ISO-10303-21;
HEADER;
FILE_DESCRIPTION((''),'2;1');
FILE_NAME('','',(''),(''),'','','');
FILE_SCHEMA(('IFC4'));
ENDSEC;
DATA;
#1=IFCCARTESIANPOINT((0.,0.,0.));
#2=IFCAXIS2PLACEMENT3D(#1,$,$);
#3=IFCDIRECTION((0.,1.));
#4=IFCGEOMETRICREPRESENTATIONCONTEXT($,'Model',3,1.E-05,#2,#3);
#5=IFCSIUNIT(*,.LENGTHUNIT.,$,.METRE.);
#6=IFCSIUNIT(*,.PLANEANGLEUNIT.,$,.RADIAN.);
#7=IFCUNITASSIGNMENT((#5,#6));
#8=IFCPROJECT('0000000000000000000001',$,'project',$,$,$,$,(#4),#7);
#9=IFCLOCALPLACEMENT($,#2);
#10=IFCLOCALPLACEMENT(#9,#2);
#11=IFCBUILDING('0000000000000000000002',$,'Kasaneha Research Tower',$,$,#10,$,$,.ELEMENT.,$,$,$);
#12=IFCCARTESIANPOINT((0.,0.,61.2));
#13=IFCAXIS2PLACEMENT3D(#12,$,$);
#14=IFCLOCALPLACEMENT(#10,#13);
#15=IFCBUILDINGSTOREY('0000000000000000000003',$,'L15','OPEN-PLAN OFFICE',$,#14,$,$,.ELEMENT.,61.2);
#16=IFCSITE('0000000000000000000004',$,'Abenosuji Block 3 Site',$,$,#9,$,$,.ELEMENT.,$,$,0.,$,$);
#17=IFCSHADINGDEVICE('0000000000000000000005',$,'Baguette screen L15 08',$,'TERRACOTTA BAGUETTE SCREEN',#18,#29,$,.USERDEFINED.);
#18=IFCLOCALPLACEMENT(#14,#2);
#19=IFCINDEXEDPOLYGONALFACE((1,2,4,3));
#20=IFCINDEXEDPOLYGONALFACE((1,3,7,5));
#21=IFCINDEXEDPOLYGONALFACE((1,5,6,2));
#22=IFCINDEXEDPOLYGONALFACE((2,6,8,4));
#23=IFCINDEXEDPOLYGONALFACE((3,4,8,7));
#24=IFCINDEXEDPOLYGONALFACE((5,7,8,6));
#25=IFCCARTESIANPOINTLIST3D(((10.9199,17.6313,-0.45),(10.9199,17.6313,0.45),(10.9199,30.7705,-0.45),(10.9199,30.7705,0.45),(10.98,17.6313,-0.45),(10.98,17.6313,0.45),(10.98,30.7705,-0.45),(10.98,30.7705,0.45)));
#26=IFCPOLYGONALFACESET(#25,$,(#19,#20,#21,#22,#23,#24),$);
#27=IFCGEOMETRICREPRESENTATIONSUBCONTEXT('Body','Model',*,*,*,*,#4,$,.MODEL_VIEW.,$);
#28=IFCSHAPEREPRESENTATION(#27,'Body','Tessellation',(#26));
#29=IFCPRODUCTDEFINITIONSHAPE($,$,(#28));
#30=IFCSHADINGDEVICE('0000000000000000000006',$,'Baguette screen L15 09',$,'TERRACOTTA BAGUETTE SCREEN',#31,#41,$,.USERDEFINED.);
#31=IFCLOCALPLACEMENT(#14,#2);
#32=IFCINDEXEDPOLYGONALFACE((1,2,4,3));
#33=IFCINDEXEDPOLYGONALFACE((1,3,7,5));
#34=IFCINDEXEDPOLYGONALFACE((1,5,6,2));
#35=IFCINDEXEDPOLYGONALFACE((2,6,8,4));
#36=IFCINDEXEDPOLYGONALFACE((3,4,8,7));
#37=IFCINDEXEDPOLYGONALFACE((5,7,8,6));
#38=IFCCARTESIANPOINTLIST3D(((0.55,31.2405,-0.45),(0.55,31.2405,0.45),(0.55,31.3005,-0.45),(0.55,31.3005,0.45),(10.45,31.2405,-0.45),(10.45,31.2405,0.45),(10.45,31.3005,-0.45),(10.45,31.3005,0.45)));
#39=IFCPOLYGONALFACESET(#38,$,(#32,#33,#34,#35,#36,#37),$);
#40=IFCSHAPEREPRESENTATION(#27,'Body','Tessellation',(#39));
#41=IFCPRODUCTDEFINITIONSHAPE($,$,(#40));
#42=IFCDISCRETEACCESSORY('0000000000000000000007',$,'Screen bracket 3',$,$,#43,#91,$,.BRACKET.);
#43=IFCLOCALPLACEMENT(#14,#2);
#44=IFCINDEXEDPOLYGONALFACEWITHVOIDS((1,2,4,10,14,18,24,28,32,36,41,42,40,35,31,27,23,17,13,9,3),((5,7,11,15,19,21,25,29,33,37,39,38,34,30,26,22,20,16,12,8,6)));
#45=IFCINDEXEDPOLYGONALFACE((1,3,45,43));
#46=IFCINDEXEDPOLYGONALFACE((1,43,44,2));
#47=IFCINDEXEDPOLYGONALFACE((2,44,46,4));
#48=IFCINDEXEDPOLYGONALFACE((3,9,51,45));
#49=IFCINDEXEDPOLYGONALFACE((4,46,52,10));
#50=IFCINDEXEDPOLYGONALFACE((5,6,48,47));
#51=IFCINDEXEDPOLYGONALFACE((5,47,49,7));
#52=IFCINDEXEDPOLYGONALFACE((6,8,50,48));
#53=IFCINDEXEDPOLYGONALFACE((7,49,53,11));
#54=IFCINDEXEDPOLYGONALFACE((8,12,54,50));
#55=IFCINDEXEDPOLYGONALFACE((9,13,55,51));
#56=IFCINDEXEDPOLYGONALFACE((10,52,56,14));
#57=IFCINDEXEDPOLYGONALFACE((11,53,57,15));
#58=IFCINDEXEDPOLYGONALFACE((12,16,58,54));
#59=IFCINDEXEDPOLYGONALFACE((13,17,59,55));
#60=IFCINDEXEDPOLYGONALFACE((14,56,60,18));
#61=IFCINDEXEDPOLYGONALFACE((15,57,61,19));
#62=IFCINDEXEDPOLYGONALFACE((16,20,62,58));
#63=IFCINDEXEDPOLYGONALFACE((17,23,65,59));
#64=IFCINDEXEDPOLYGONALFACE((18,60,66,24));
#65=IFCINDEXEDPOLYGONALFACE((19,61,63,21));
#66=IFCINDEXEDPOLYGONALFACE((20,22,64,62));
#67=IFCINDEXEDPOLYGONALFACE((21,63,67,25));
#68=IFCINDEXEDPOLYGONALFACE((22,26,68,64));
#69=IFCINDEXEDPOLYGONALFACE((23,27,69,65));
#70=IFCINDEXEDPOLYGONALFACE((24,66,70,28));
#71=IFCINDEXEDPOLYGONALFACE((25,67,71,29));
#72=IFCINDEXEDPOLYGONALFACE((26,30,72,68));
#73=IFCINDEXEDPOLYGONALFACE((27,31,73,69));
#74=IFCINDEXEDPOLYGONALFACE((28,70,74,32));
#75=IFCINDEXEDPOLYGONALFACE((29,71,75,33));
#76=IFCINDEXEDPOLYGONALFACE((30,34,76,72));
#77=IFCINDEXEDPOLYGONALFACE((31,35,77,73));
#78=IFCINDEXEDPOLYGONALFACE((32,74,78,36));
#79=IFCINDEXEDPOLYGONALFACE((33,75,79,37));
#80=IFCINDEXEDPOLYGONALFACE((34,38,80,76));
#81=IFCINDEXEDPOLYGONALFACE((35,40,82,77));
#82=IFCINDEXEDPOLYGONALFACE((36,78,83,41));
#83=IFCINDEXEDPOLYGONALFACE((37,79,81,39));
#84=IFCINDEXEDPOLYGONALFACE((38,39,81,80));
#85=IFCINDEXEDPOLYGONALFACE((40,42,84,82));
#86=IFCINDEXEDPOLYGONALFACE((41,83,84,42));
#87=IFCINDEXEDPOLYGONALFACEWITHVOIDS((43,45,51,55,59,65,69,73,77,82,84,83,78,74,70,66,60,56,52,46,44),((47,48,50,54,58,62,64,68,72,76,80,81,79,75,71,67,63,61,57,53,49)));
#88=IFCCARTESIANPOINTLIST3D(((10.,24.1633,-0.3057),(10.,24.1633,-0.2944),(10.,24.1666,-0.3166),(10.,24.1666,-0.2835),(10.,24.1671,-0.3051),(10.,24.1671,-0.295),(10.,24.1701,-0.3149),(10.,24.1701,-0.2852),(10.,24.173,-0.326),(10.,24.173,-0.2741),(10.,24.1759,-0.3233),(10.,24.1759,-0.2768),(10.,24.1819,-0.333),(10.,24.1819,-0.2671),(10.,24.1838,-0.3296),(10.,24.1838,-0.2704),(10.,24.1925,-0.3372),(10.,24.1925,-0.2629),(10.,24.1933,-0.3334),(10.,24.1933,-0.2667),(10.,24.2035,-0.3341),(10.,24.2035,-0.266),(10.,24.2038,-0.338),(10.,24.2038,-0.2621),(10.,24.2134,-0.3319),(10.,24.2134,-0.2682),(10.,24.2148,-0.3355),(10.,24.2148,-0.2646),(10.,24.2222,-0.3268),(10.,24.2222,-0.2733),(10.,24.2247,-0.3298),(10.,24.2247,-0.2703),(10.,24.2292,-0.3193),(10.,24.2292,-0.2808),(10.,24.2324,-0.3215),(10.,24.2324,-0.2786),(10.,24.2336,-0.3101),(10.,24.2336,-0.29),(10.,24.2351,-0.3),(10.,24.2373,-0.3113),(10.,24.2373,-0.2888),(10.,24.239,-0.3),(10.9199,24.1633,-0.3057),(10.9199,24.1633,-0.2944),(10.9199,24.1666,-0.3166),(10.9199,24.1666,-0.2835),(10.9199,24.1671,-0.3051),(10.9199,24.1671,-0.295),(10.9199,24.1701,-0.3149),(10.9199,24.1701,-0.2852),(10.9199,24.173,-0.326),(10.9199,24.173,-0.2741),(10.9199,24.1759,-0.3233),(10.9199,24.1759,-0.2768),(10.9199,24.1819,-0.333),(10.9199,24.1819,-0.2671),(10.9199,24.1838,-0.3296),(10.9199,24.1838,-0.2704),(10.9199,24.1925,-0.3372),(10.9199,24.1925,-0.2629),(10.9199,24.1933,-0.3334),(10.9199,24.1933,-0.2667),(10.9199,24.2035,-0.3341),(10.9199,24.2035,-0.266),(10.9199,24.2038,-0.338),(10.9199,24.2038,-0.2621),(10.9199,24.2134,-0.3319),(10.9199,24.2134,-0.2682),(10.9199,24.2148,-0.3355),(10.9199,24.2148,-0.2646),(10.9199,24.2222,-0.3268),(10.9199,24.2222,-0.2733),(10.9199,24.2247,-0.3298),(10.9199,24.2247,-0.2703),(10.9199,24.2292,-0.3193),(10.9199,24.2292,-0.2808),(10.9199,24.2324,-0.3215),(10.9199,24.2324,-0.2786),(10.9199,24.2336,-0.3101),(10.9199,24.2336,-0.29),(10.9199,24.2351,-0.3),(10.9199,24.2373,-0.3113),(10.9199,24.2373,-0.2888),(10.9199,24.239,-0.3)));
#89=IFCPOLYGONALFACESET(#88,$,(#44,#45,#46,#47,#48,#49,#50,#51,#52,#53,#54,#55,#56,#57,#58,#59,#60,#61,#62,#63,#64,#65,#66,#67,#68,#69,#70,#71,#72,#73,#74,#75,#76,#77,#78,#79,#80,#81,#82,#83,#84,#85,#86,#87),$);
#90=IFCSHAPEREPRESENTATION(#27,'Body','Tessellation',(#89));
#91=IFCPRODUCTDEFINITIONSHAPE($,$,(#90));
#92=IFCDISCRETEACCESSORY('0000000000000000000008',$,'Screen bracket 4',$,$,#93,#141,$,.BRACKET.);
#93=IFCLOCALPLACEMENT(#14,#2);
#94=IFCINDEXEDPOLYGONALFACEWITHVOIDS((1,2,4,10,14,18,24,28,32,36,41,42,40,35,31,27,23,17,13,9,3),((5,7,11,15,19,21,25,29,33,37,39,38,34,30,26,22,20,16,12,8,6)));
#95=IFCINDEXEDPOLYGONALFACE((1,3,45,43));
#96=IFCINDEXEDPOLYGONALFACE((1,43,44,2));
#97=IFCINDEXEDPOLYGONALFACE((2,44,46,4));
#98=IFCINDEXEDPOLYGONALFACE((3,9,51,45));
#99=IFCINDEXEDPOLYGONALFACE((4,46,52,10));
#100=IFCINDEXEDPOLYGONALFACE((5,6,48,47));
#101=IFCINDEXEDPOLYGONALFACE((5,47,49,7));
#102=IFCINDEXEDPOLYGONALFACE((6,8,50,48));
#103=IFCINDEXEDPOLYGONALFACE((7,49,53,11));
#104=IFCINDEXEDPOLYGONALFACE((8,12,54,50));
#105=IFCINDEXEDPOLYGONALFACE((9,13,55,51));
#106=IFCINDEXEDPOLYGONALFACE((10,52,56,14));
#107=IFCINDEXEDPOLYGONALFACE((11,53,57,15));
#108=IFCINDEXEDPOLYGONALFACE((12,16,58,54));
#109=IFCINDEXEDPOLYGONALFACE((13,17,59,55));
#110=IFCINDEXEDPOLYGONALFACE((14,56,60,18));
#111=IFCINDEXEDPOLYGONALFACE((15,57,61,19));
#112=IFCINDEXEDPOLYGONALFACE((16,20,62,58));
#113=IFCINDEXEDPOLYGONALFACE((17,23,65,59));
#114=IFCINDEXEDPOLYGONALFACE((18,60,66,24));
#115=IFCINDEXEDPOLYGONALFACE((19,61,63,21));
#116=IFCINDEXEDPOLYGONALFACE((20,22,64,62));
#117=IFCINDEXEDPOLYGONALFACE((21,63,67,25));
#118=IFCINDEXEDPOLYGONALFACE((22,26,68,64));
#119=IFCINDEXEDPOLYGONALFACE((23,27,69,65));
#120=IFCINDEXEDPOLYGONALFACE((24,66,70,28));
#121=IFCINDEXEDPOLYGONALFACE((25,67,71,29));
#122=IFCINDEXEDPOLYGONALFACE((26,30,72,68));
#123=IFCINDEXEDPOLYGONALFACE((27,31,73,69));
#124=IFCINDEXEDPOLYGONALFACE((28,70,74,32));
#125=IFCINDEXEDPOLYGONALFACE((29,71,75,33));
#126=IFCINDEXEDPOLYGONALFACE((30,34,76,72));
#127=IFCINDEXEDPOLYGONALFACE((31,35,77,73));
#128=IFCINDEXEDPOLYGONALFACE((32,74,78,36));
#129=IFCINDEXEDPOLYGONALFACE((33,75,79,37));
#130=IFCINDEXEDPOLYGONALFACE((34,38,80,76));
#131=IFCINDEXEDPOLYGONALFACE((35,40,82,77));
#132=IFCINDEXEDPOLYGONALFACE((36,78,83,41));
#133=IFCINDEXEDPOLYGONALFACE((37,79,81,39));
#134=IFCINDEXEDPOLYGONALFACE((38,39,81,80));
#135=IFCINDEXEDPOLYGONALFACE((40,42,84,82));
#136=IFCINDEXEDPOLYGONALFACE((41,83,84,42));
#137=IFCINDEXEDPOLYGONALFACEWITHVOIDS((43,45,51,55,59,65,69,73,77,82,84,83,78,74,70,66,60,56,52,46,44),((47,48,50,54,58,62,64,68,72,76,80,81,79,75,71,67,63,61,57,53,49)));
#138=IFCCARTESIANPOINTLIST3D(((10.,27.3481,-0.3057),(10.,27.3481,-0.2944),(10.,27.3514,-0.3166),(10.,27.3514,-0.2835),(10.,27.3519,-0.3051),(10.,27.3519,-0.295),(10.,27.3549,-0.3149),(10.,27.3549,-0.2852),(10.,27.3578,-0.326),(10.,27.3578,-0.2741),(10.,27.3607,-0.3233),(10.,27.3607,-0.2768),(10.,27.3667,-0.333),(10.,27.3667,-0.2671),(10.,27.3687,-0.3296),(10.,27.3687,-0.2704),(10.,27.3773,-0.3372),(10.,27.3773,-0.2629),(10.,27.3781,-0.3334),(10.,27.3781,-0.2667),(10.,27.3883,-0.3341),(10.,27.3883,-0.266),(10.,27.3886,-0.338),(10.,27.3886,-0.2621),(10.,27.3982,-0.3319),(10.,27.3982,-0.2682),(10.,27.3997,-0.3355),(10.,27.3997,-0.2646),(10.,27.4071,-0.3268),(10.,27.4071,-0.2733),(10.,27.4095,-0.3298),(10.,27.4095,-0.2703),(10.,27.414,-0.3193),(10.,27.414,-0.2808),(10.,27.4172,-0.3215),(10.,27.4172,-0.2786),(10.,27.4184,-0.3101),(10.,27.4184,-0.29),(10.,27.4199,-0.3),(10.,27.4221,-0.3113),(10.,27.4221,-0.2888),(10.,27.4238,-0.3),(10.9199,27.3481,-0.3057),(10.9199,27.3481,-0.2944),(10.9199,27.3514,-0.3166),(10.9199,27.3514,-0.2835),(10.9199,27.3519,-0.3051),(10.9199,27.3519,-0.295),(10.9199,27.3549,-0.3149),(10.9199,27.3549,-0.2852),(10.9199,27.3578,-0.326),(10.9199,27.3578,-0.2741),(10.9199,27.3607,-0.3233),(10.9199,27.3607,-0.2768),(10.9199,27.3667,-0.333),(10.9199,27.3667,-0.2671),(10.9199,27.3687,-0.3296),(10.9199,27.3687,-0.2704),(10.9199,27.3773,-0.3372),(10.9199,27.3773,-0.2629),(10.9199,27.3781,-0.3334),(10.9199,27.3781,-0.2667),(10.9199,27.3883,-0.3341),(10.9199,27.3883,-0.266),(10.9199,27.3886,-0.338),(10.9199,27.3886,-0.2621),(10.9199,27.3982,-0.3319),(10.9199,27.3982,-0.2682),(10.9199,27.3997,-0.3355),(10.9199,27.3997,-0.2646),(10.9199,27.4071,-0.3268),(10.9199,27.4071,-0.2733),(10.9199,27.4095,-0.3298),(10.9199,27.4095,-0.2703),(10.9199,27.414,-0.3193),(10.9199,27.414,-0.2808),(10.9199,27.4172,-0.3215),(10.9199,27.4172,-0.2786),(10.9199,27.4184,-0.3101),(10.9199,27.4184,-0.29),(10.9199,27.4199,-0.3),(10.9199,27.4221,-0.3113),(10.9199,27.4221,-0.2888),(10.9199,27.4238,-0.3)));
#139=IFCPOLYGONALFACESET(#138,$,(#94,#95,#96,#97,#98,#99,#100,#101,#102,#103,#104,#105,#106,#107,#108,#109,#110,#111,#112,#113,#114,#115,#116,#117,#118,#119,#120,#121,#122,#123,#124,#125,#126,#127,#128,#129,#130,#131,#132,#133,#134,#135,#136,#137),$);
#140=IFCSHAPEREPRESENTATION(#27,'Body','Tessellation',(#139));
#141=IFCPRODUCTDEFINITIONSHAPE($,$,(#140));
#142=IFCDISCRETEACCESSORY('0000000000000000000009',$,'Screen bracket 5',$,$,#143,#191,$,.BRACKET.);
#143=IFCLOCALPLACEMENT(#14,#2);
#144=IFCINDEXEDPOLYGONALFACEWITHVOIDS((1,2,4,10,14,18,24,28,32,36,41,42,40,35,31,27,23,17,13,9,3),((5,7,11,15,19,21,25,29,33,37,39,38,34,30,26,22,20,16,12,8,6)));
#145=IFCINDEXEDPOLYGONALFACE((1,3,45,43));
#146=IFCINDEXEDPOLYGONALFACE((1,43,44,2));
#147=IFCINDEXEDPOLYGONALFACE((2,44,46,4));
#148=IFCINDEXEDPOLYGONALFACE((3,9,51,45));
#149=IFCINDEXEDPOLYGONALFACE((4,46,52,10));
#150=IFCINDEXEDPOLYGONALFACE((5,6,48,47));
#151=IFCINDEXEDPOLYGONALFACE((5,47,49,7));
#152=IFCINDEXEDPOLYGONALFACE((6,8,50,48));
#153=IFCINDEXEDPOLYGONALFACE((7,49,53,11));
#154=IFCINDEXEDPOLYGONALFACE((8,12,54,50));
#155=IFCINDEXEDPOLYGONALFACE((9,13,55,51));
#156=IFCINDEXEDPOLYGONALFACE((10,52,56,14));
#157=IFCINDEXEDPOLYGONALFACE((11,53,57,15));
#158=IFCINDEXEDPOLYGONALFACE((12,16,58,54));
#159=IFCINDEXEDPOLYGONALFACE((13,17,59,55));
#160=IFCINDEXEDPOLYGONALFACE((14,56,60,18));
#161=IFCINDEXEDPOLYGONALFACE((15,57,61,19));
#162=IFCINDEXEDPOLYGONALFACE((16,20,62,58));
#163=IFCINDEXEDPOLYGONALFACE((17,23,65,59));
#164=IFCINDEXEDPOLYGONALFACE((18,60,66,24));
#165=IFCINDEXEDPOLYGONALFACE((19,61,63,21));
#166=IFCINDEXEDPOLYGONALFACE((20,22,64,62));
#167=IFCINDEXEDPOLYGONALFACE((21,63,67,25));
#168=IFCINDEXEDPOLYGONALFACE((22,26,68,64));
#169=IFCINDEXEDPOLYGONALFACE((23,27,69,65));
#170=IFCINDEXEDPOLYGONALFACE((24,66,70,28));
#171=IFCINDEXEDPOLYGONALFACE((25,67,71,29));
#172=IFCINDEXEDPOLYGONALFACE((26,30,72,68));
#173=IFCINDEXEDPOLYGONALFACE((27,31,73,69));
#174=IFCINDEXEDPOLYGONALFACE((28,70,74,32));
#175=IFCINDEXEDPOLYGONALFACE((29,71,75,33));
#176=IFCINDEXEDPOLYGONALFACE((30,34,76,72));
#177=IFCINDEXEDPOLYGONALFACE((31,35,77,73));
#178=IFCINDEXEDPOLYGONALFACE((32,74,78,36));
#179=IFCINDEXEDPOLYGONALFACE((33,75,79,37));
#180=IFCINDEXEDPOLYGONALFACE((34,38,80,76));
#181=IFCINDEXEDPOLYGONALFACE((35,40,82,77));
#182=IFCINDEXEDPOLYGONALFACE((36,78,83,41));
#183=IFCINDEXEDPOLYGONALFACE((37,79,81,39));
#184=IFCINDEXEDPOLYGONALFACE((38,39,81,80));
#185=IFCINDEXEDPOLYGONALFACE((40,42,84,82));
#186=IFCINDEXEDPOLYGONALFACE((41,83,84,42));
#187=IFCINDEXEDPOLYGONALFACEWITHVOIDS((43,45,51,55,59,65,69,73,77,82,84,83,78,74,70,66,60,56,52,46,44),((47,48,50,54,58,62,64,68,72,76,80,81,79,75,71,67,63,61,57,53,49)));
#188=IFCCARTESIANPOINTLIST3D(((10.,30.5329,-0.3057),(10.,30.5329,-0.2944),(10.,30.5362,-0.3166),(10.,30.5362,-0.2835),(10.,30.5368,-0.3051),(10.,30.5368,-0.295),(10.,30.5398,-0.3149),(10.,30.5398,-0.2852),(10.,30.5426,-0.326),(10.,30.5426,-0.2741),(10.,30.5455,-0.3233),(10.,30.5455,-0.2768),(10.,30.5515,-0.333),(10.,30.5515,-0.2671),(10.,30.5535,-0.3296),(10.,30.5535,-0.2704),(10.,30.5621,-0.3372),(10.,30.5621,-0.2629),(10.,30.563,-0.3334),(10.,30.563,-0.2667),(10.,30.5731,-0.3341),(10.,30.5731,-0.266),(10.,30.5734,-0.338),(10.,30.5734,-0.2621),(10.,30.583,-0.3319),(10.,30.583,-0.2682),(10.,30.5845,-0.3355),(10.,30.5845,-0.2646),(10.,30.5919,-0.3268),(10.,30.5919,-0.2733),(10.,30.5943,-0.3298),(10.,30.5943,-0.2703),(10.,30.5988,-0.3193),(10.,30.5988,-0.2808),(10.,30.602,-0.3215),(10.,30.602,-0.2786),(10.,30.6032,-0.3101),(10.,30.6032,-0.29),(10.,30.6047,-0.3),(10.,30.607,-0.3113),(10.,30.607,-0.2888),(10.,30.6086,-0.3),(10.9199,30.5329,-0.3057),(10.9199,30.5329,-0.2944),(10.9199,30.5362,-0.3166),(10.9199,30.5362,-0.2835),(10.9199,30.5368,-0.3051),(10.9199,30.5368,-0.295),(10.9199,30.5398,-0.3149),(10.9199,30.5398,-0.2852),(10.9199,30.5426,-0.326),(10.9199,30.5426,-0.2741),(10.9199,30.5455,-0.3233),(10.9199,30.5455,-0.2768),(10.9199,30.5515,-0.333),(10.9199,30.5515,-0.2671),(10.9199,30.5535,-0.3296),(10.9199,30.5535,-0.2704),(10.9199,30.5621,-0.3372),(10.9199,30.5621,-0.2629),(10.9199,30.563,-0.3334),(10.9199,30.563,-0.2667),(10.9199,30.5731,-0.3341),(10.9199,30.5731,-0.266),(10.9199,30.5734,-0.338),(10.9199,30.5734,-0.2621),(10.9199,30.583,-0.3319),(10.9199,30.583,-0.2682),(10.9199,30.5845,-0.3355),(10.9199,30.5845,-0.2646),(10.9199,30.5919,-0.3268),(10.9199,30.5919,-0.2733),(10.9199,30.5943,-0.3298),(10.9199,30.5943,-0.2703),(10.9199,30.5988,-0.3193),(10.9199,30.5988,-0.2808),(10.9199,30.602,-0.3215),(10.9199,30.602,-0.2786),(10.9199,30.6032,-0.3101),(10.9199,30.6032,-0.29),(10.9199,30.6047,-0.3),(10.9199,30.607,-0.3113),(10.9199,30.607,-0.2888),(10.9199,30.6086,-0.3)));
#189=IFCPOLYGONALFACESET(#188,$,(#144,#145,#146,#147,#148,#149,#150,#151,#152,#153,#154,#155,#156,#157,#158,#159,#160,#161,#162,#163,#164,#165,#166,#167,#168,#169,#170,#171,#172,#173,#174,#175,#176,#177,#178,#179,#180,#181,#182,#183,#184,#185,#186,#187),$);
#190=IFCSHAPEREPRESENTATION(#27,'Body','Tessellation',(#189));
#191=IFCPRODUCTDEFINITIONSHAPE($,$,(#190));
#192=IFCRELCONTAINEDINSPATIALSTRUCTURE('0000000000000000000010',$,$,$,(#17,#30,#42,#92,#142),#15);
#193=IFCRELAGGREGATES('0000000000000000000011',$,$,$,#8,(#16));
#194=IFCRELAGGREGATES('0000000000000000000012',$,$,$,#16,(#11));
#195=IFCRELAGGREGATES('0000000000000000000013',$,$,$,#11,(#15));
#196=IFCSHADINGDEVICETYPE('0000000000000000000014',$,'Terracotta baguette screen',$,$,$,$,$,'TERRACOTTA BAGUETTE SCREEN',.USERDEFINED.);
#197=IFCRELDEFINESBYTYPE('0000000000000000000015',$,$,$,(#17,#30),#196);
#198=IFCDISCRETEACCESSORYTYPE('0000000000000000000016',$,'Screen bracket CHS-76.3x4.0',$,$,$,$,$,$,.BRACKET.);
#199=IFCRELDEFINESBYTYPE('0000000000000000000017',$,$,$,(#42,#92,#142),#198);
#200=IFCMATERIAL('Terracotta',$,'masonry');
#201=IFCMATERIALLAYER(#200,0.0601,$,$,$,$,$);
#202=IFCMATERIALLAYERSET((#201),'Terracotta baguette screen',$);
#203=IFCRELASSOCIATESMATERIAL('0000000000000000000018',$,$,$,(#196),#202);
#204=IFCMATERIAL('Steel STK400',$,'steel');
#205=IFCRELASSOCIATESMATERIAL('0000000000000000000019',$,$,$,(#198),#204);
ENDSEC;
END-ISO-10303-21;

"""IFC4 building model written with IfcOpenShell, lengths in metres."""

from ifc_helpers import new_model, si_unit, direction, frame, origin, origin_2d, place, context, subcontext, project, spatial, rectangle, hollow_circle, extrude, material, layer, layer_set, material_profile, profile_set, type_object, element, save


model = new_model("IFC4")

# Units and contexts
model_context = context("Model", 3, precision=1e-05, world=origin(), true_north=direction((0.0, 1.0)))
body_context = subcontext(model_context, "Body", "Model", "MODEL_VIEW")
ifc_project = project(units=[si_unit("LENGTHUNIT", "METRE"), si_unit("PLANEANGLEUNIT", "RADIAN")], contexts=[model_context])

# Site, building, storey
site_placement = place(None, origin())
site = spatial("IfcSite", under=ifc_project, at=site_placement, Name="Abenosuji Block 3 Site", CompositionType="ELEMENT", RefElevation=0.0)
building_placement = place(site_placement, origin())
building = spatial("IfcBuilding", under=site, at=building_placement, Name="Kasaneha Research Tower", CompositionType="ELEMENT")
storey_placement = place(building_placement, frame((0.0, 0.0, 61.2)))
storey = spatial("IfcBuildingStorey", under=building, at=storey_placement, Name="L15", Description="OPEN-PLAN OFFICE", CompositionType="ELEMENT", Elevation=61.2)

# Shading devices
ifc_material_1 = material(Name="Terracotta", Category="masonry")
ifc_layer_1 = layer(ifc_material_1, 0.0601)
ifc_layer_set_1 = layer_set([ifc_layer_1], Name="Terracotta baguette screen")
shading_device_type = type_object("IfcShadingDeviceType", Name="Terracotta baguette screen", ElementType="TERRACOTTA BAGUETTE SCREEN", PredefinedType="USERDEFINED", material=ifc_layer_set_1)
shading_device_1_placement = place(storey_placement, frame((10.95, 24.2009, -0.45), z_axis=(0.0, 0.0, 1.0), x_axis=(0.0, 1.0, 0.0)))
element("IfcShadingDevice", 1, at=shading_device_1_placement, inside=storey, type_object=shading_device_type, Name="Baguette screen L15 08", ObjectType="TERRACOTTA BAGUETTE SCREEN", PredefinedType="USERDEFINED", context=body_context, shape_type="SweptSolid", body=[
    extrude(rectangle(XDim=13.1392, YDim=0.0601, at=origin_2d()), origin(), (0.0, 0.0, 1.0), 0.8999),
])
shading_device_2_placement = place(storey_placement, frame((5.5, 31.2705, -0.45), z_axis=(0.0, 0.0, 1.0), x_axis=(-1.0, 0.0, 0.0)))
element("IfcShadingDevice", 2, at=shading_device_2_placement, inside=storey, type_object=shading_device_type, Name="Baguette screen L15 09", ObjectType="TERRACOTTA BAGUETTE SCREEN", PredefinedType="USERDEFINED", context=body_context, shape_type="SweptSolid", body=[
    extrude(rectangle(XDim=9.8999, YDim=0.0601, at=origin_2d()), origin(), (0.0, 0.0, 1.0), 0.8999),
])

# Discrete accessories
ifc_material_2 = material(Name="Steel STK400", Category="steel")
ifc_material_profile_1 = material_profile(ifc_material_2, hollow_circle(Radius=0.0381, WallThickness=0.0039, at=origin_2d()), Name="CHS-76.3x4.0")
ifc_profile_set_1 = profile_set([ifc_material_profile_1], Name="Steel STK400")
discrete_accessory_type = type_object("IfcDiscreteAccessoryType", Name="Screen bracket CHS-76.3x4.0", PredefinedType="BRACKET", material=ifc_profile_set_1)
for number, where, z_axis, x_axis, name in (
    (3, (10.0, 24.2009, -0.3), (1.0, 0.0, 0.0), (0.0, 1.0, 0.0), "Screen bracket 3"),
    (4, (10.0, 27.3857, -0.3), (1.0, 0.0, 0.0), (0.0, 1.0, 0.0), "Screen bracket 4"),
    (5, (10.0, 30.5706, -0.3), (1.0, 0.0, 0.0), (0.0, 1.0, 0.0), "Screen bracket 5"),
):
    element("IfcDiscreteAccessory", number, at=place(storey_placement, frame(where, z_axis=z_axis, x_axis=x_axis)), inside=storey, type_object=discrete_accessory_type, Name=name, PredefinedType="BRACKET", context=body_context, shape_type="SweptSolid", body=[
        extrude(hollow_circle(Radius=0.0381, WallThickness=0.0039, at=origin_2d()), origin(), (0.0, 0.0, 1.0), 0.9199),
    ])

save(model, "model.ifc")
